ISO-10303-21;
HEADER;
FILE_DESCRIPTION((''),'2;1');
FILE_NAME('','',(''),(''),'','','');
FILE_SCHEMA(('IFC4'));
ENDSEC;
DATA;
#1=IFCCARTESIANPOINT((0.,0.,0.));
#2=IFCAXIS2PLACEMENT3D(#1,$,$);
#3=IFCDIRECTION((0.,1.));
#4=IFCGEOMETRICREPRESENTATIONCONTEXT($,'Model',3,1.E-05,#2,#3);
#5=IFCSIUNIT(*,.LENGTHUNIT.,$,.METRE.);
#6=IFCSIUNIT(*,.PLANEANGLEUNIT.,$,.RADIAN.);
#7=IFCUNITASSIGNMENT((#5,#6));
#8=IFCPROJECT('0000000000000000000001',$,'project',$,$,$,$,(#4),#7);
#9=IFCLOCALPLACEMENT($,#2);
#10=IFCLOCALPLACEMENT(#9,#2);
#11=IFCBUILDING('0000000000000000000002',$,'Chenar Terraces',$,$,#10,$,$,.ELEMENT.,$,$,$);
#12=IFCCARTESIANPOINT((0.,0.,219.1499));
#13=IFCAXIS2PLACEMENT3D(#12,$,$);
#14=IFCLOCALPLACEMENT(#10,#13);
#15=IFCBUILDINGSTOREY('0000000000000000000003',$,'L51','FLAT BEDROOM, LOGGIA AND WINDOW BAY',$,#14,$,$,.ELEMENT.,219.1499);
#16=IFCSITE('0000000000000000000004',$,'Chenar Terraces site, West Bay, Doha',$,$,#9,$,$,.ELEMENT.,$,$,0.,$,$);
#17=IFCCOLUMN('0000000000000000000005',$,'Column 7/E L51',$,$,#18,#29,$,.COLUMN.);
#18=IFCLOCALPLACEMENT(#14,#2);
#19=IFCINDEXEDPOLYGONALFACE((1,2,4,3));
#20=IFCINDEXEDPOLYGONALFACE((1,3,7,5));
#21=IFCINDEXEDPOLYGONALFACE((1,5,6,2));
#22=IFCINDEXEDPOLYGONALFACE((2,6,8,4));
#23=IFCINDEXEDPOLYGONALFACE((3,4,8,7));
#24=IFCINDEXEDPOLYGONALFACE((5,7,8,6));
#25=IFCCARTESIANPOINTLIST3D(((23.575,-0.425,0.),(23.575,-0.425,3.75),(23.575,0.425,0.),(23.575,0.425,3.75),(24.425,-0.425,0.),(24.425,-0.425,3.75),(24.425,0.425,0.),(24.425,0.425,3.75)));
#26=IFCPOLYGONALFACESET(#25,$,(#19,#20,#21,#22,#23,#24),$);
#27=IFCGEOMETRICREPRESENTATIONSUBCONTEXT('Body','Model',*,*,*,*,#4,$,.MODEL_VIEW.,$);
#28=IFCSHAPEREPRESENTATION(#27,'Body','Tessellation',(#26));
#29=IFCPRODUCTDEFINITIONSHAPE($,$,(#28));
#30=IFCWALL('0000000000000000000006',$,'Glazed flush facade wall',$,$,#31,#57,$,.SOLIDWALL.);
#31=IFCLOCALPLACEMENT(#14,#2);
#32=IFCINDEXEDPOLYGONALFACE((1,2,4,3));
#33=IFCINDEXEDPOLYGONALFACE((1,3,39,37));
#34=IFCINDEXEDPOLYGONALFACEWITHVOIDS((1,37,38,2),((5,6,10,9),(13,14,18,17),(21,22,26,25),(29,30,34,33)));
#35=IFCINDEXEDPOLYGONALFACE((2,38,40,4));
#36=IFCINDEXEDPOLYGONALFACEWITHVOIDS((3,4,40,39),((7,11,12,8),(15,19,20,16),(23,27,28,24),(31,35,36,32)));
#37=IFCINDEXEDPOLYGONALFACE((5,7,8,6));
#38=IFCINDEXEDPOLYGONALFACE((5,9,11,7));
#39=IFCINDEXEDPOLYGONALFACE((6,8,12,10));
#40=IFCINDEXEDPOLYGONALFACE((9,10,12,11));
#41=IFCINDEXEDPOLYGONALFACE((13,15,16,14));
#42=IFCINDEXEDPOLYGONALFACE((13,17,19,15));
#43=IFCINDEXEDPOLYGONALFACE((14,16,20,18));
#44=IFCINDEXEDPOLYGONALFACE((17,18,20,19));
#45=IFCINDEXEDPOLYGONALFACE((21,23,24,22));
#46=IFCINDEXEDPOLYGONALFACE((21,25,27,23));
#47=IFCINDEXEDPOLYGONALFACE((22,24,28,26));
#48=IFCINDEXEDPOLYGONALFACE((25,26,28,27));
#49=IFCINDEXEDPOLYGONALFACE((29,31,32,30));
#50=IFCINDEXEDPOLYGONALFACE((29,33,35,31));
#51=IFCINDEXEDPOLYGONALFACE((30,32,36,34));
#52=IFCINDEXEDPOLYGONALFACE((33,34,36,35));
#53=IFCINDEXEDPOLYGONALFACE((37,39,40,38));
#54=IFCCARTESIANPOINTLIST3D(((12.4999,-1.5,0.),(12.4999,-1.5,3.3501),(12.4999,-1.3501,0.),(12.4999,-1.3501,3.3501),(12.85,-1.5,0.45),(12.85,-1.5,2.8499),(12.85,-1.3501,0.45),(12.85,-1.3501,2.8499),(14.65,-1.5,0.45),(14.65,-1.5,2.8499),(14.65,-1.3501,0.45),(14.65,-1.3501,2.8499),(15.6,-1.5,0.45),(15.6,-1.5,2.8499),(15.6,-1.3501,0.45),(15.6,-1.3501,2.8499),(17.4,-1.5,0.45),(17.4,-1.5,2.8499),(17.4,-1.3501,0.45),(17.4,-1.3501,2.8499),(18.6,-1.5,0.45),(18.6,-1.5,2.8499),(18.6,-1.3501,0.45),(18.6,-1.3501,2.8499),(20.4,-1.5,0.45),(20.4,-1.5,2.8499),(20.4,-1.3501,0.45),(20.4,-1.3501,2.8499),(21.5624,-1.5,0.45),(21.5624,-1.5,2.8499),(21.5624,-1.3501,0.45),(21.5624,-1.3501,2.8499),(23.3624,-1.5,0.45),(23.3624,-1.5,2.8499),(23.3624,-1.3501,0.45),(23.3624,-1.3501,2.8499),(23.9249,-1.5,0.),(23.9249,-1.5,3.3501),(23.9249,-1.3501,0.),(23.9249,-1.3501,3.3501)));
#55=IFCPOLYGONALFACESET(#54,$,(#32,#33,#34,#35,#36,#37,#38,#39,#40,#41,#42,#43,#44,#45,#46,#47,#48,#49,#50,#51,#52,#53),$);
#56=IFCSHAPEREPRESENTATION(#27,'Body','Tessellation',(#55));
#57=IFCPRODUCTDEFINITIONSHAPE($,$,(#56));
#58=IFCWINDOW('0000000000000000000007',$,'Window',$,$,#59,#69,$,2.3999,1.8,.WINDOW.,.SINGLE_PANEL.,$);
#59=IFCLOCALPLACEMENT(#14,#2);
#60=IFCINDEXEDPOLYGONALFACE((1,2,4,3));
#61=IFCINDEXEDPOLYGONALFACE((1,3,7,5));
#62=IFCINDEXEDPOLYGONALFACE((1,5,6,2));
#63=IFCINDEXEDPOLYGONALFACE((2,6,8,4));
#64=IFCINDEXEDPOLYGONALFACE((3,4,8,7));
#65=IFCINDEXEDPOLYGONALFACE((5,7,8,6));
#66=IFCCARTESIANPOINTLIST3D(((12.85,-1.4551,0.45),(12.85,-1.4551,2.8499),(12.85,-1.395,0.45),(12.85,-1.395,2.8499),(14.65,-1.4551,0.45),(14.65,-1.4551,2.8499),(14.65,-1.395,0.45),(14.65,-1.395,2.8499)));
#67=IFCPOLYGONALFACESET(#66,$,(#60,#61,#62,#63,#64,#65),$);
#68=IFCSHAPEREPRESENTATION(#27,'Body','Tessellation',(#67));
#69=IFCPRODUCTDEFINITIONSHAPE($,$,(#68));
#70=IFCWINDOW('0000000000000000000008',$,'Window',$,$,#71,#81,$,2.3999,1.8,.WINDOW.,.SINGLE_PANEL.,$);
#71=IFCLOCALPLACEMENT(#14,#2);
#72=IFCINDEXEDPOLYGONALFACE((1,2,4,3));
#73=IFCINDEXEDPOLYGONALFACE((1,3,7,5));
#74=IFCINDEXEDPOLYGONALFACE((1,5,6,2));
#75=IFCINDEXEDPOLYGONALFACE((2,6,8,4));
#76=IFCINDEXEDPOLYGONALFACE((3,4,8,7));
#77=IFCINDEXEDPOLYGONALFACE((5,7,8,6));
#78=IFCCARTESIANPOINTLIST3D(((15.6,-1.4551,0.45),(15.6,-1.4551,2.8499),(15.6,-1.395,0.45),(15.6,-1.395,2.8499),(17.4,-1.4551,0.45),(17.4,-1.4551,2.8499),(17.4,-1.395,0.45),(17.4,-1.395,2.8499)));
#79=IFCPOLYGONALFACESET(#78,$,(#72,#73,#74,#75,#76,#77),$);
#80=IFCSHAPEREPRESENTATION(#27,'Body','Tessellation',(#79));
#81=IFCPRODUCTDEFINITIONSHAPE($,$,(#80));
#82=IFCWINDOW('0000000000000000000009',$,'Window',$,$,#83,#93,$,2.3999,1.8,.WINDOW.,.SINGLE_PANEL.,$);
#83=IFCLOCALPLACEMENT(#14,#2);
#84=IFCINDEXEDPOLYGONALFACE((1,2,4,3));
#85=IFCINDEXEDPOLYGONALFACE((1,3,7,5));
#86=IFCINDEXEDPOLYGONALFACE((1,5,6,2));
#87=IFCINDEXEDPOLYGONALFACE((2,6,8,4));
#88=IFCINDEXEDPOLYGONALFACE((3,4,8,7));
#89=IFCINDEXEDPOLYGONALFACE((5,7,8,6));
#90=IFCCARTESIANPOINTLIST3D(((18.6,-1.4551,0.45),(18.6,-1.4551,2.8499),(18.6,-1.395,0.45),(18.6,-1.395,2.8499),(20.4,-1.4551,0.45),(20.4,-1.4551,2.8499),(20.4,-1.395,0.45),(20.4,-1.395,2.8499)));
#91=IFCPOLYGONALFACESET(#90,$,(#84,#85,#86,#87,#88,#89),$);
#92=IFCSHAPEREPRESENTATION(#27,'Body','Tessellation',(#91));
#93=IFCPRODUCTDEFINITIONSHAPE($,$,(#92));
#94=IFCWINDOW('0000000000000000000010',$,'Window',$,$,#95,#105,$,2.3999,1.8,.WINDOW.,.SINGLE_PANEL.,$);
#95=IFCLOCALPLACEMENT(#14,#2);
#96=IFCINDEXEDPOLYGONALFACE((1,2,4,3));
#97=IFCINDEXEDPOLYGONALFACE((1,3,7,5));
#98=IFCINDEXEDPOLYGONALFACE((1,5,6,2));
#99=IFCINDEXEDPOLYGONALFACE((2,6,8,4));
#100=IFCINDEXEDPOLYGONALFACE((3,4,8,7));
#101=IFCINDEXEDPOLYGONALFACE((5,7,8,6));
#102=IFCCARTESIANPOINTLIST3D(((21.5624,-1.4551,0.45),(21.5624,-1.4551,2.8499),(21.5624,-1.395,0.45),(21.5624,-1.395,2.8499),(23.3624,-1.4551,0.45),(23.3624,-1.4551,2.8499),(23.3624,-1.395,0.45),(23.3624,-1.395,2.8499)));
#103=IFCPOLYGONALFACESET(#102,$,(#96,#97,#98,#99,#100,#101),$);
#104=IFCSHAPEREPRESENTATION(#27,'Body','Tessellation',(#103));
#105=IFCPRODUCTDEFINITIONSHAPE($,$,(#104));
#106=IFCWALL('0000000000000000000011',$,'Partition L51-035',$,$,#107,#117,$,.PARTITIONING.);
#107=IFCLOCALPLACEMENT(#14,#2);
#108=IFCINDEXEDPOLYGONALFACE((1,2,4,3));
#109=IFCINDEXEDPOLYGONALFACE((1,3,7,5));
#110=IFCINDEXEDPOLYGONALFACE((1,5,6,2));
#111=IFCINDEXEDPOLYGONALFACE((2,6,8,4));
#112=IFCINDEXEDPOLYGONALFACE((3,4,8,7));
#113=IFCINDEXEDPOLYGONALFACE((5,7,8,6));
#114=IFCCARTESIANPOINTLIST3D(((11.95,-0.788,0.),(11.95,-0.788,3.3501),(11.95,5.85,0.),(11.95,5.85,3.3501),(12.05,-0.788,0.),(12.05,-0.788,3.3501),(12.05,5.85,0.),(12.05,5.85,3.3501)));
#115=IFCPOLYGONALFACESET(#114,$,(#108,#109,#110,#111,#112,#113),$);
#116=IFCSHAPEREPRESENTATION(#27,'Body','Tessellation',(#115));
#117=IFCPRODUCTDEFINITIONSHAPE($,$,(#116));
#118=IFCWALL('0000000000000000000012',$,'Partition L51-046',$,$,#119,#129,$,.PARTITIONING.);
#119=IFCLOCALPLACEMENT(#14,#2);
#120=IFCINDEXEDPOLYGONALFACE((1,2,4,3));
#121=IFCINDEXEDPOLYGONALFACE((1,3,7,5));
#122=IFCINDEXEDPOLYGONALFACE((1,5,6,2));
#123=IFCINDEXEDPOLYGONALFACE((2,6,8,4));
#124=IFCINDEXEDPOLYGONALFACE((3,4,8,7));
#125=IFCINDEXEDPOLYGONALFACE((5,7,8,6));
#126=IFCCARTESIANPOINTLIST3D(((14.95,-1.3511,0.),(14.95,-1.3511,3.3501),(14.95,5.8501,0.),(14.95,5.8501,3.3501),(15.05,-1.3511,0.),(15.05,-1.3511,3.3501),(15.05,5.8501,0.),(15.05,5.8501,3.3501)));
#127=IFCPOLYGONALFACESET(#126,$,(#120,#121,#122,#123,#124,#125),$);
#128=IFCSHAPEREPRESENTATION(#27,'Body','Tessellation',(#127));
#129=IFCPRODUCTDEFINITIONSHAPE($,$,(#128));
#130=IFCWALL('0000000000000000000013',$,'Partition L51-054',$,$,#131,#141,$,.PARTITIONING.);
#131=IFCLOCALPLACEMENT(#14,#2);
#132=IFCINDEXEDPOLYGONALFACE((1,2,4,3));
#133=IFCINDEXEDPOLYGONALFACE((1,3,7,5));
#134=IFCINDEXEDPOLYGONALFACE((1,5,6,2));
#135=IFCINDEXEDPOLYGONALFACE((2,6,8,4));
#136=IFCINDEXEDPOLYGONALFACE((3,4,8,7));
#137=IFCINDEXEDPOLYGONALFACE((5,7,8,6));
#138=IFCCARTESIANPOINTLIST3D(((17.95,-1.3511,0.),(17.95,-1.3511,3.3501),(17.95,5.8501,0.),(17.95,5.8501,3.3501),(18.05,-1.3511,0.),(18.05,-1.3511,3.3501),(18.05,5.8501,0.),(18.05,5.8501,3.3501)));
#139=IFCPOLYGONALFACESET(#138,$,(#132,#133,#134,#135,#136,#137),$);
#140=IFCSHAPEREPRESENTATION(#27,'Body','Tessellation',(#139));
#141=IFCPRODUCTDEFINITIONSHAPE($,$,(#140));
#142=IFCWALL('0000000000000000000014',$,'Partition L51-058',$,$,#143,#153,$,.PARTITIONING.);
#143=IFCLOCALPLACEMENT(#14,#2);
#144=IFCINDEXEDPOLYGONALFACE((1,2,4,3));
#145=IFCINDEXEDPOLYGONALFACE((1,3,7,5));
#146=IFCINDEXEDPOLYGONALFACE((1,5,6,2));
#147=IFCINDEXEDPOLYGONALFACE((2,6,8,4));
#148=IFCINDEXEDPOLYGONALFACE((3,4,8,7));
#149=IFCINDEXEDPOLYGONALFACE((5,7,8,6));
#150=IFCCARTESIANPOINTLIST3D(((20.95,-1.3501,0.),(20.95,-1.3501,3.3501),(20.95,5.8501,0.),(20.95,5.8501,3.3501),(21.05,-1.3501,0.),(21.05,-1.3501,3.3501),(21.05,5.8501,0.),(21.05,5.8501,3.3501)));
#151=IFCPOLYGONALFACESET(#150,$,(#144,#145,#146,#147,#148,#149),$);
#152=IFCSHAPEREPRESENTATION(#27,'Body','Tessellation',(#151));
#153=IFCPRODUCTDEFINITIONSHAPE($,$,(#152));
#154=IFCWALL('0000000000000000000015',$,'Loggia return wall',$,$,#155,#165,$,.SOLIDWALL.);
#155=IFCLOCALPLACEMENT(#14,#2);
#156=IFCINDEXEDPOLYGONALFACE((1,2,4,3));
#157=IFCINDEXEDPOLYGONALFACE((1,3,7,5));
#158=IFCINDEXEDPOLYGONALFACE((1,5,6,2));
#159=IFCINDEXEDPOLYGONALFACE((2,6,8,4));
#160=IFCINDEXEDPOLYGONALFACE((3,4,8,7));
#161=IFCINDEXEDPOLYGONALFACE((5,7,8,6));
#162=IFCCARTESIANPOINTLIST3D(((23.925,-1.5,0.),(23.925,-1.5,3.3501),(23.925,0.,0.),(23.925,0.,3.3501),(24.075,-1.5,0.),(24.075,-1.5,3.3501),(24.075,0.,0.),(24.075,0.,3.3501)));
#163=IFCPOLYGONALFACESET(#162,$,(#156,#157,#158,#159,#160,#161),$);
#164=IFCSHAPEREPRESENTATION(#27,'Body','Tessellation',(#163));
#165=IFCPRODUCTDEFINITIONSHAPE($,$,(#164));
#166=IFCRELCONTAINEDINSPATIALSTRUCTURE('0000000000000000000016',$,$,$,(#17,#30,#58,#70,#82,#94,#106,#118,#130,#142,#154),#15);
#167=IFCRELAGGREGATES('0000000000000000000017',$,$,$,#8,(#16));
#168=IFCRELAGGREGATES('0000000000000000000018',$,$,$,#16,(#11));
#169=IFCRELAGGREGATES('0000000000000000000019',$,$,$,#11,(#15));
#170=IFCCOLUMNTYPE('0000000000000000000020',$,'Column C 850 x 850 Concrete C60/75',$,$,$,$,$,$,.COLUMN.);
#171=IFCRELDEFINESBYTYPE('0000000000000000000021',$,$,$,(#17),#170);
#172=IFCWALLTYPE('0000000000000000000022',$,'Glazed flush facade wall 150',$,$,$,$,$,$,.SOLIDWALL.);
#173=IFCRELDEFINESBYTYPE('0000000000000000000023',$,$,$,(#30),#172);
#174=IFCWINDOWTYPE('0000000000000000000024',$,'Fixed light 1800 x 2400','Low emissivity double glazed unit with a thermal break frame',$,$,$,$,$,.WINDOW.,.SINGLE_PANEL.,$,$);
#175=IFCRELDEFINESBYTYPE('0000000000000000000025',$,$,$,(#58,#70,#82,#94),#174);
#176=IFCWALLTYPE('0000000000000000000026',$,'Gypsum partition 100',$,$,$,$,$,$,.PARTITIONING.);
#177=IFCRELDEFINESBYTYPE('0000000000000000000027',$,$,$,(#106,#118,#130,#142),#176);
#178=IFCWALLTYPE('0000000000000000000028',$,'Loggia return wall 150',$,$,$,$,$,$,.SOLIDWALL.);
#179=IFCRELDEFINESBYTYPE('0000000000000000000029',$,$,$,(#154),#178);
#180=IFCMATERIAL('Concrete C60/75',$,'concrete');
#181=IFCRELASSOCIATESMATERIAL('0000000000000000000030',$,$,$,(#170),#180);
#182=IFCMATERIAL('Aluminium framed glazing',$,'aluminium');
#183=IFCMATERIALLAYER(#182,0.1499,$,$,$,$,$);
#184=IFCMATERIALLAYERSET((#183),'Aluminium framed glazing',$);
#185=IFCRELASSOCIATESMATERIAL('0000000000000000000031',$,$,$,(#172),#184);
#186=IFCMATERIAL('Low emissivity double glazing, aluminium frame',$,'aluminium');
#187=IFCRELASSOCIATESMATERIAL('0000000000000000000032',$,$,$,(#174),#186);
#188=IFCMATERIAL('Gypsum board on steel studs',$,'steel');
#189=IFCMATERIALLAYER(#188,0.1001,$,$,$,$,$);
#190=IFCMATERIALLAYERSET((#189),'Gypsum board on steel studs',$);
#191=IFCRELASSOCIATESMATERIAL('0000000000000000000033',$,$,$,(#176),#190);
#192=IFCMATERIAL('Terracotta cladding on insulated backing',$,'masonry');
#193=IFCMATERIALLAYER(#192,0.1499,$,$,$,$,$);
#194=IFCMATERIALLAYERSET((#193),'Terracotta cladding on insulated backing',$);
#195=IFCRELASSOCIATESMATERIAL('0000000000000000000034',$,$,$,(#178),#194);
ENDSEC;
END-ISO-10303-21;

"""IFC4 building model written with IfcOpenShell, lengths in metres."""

from ifc_helpers import new_model, si_unit, direction, frame, frame_2d, origin, origin_2d, place, context, subcontext, project, spatial, rectangle, extrude, material, layer, layer_set, material_profile, profile_set, type_object, element, fill, save


model = new_model("IFC4")

# Units and contexts
model_context = context("Model", 3, precision=1e-05, world=origin(), true_north=direction((0.0, 1.0)))
body_context = subcontext(model_context, "Body", "Model", "MODEL_VIEW")
ifc_project = project(units=[si_unit("LENGTHUNIT", "METRE"), si_unit("PLANEANGLEUNIT", "RADIAN")], contexts=[model_context])

# Site, building, storey
site_placement = place(None, origin())
site = spatial("IfcSite", under=ifc_project, at=site_placement, Name="Chenar Terraces site, West Bay, Doha", CompositionType="ELEMENT", RefElevation=0.0)
building_placement = place(site_placement, origin())
building = spatial("IfcBuilding", under=site, at=building_placement, Name="Chenar Terraces", CompositionType="ELEMENT")
storey_placement = place(building_placement, frame((0.0, 0.0, 219.1499)))
storey = spatial("IfcBuildingStorey", under=building, at=storey_placement, Name="L51", Description="FLAT BEDROOM, LOGGIA AND WINDOW BAY", CompositionType="ELEMENT", Elevation=219.1499)

# Column
ifc_material_1 = material(Name="Concrete C60/75", Category="concrete")
ifc_material_profile_1 = material_profile(ifc_material_1, rectangle(XDim=0.8501, YDim=0.8501, at=origin_2d()), Name="C 850 x 850")
ifc_profile_set_1 = profile_set([ifc_material_profile_1], Name="Concrete C60/75")
column_type = type_object("IfcColumnType", Name="Column C 850 x 850 Concrete C60/75", PredefinedType="COLUMN", material=ifc_profile_set_1)
column_placement = place(storey_placement, frame((24.0, 0.0, 0.0), z_axis=(0.0, 0.0, 1.0), x_axis=(1.0, 0.0, 0.0)))
element("IfcColumn", 1, at=column_placement, inside=storey, type_object=column_type, Name="Column 7/E L51", PredefinedType="COLUMN", context=body_context, shape_type="SweptSolid", body=[
    extrude(rectangle(XDim=0.8501, YDim=0.8501, at=origin_2d()), origin(), (0.0, 0.0, 1.0), 3.75),
])

# Wall, openings, windows
ifc_material_2 = material(Name="Aluminium framed glazing", Category="aluminium")
ifc_layer_1 = layer(ifc_material_2, 0.1499)
ifc_layer_set_1 = layer_set([ifc_layer_1], Name="Aluminium framed glazing")
wall_type_1 = type_object("IfcWallType", Name="Glazed flush facade wall 150", PredefinedType="SOLIDWALL", material=ifc_layer_set_1)
wall_1_placement = place(storey_placement, frame((12.5, -1.425, 0.0), z_axis=(0.0, 0.0, 1.0), x_axis=(1.0, 0.0, 0.0)))
wall_1 = element("IfcWall", 2, at=wall_1_placement, inside=storey, type_object=wall_type_1, Name="Glazed flush facade wall", PredefinedType="SOLIDWALL", context=body_context, shape_type="SweptSolid", body=[
    extrude(rectangle(XDim=11.425, YDim=0.1499, at=frame_2d((5.7124, 0.0))), origin(), (0.0, 0.0, 1.0), 3.3501),
])
opening_1_placement = place(wall_1_placement, frame((0.3501, 0.0, 0.45)))
opening_1 = element("IfcOpeningElement", 3, at=opening_1_placement, cuts=wall_1, PredefinedType="OPENING", context=body_context, shape_type="SweptSolid", body=[
    extrude(rectangle(XDim=1.8, YDim=2.3999, at=frame_2d((0.8999, 1.2))), frame((0.0, 0.085, 0.0), z_axis=(0.0, -1.0, 0.0), x_axis=(1.0, 0.0, 0.0)), (0.0, 0.0, 1.0), 0.1699),
])
opening_2_placement = place(wall_1_placement, frame((3.1001, 0.0, 0.45)))
opening_2 = element("IfcOpeningElement", 4, at=opening_2_placement, cuts=wall_1, PredefinedType="OPENING", context=body_context, shape_type="SweptSolid", body=[
    extrude(rectangle(XDim=1.8, YDim=2.3999, at=frame_2d((0.8999, 1.2))), frame((0.0, 0.085, 0.0), z_axis=(0.0, -1.0, 0.0), x_axis=(1.0, 0.0, 0.0)), (0.0, 0.0, 1.0), 0.1699),
])
opening_3_placement = place(wall_1_placement, frame((6.1001, 0.0, 0.45)))
opening_3 = element("IfcOpeningElement", 5, at=opening_3_placement, cuts=wall_1, PredefinedType="OPENING", context=body_context, shape_type="SweptSolid", body=[
    extrude(rectangle(XDim=1.8, YDim=2.3999, at=frame_2d((0.8999, 1.2))), frame((0.0, 0.085, 0.0), z_axis=(0.0, -1.0, 0.0), x_axis=(1.0, 0.0, 0.0)), (0.0, 0.0, 1.0), 0.1699),
])
opening_4_placement = place(wall_1_placement, frame((9.0625, 0.0, 0.45)))
opening_4 = element("IfcOpeningElement", 6, at=opening_4_placement, cuts=wall_1, PredefinedType="OPENING", context=body_context, shape_type="SweptSolid", body=[
    extrude(rectangle(XDim=1.8, YDim=2.3999, at=frame_2d((0.8999, 1.2))), frame((0.0, 0.085, 0.0), z_axis=(0.0, -1.0, 0.0), x_axis=(1.0, 0.0, 0.0)), (0.0, 0.0, 1.0), 0.1699),
])
ifc_material_3 = material(Name="Low emissivity double glazing, aluminium frame", Category="aluminium")
window_type = type_object("IfcWindowType", Name="Fixed light 1800 x 2400", Description="Low emissivity double glazed unit with a thermal break frame", PartitioningType="SINGLE_PANEL", PredefinedType="WINDOW", material=ifc_material_3)
window_1_placement = place(opening_1_placement, origin())
window_1 = element("IfcWindow", 7, at=window_1_placement, inside=storey, type_object=window_type, Name="Window", OverallHeight=2.3999, OverallWidth=1.8, PartitioningType="SINGLE_PANEL", PredefinedType="WINDOW", context=body_context, shape_type="SweptSolid", body=[
    extrude(rectangle(XDim=1.8, YDim=2.3999, at=frame_2d((0.8999, 1.2))), frame((0.0, 0.03, 0.0), z_axis=(0.0, -1.0, 0.0), x_axis=(1.0, 0.0, 0.0)), (0.0, 0.0, 1.0), 0.0601),
])
fill(opening_1, window_1)
window_2_placement = place(opening_2_placement, origin())
window_2 = element("IfcWindow", 8, at=window_2_placement, inside=storey, type_object=window_type, Name="Window", OverallHeight=2.3999, OverallWidth=1.8, PartitioningType="SINGLE_PANEL", PredefinedType="WINDOW", context=body_context, shape_type="SweptSolid", body=[
    extrude(rectangle(XDim=1.8, YDim=2.3999, at=frame_2d((0.8999, 1.2))), frame((0.0, 0.03, 0.0), z_axis=(0.0, -1.0, 0.0), x_axis=(1.0, 0.0, 0.0)), (0.0, 0.0, 1.0), 0.0601),
])
fill(opening_2, window_2)
window_3_placement = place(opening_3_placement, origin())
window_3 = element("IfcWindow", 9, at=window_3_placement, inside=storey, type_object=window_type, Name="Window", OverallHeight=2.3999, OverallWidth=1.8, PartitioningType="SINGLE_PANEL", PredefinedType="WINDOW", context=body_context, shape_type="SweptSolid", body=[
    extrude(rectangle(XDim=1.8, YDim=2.3999, at=frame_2d((0.8999, 1.2))), frame((0.0, 0.03, 0.0), z_axis=(0.0, -1.0, 0.0), x_axis=(1.0, 0.0, 0.0)), (0.0, 0.0, 1.0), 0.0601),
])
fill(opening_3, window_3)
window_4_placement = place(opening_4_placement, origin())
window_4 = element("IfcWindow", 10, at=window_4_placement, inside=storey, type_object=window_type, Name="Window", OverallHeight=2.3999, OverallWidth=1.8, PartitioningType="SINGLE_PANEL", PredefinedType="WINDOW", context=body_context, shape_type="SweptSolid", body=[
    extrude(rectangle(XDim=1.8, YDim=2.3999, at=frame_2d((0.8999, 1.2))), frame((0.0, 0.03, 0.0), z_axis=(0.0, -1.0, 0.0), x_axis=(1.0, 0.0, 0.0)), (0.0, 0.0, 1.0), 0.0601),
])
fill(opening_4, window_4)

# Walls
ifc_material_4 = material(Name="Gypsum board on steel studs", Category="steel")
ifc_layer_2 = layer(ifc_material_4, 0.1001)
ifc_layer_set_2 = layer_set([ifc_layer_2], Name="Gypsum board on steel studs")
wall_type_2 = type_object("IfcWallType", Name="Gypsum partition 100", PredefinedType="PARTITIONING", material=ifc_layer_set_2)
wall_2_placement = place(storey_placement, frame((12.0, -0.7878, 0.0), z_axis=(0.0, 0.0, 1.0), x_axis=(0.0, 1.0, 0.0)))
element("IfcWall", 11, at=wall_2_placement, inside=storey, type_object=wall_type_2, Name="Partition L51-035", PredefinedType="PARTITIONING", context=body_context, shape_type="SweptSolid", body=[
    extrude(rectangle(XDim=6.6379, YDim=0.1001, at=frame_2d((3.3188, 0.0))), origin(), (0.0, 0.0, 1.0), 3.3501),
])
for number, where, z_axis, x_axis, name in (
    (12, (15.0, -1.3511, 0.0), (0.0, 0.0, 1.0), (0.0, 1.0, 0.0), "Partition L51-046"),
    (13, (18.0, -1.3511, 0.0), (0.0, 0.0, 1.0), (0.0, 1.0, 0.0), "Partition L51-054"),
):
    element("IfcWall", number, at=place(storey_placement, frame(where, z_axis=z_axis, x_axis=x_axis)), inside=storey, type_object=wall_type_2, Name=name, PredefinedType="PARTITIONING", context=body_context, shape_type="SweptSolid", body=[
        extrude(rectangle(XDim=7.2012, YDim=0.1001, at=frame_2d((3.6006, 0.0))), origin(), (0.0, 0.0, 1.0), 3.3501),
    ])
wall_3_placement = place(storey_placement, frame((21.0, -1.3501, 0.0), z_axis=(0.0, 0.0, 1.0), x_axis=(0.0, 1.0, 0.0)))
element("IfcWall", 14, at=wall_3_placement, inside=storey, type_object=wall_type_2, Name="Partition L51-058", PredefinedType="PARTITIONING", context=body_context, shape_type="SweptSolid", body=[
    extrude(rectangle(XDim=7.2002, YDim=0.1001, at=frame_2d((3.6001, 0.0))), origin(), (0.0, 0.0, 1.0), 3.3501),
])
ifc_material_5 = material(Name="Terracotta cladding on insulated backing", Category="masonry")
ifc_layer_3 = layer(ifc_material_5, 0.1499)
ifc_layer_set_3 = layer_set([ifc_layer_3], Name="Terracotta cladding on insulated backing")
wall_type_3 = type_object("IfcWallType", Name="Loggia return wall 150", PredefinedType="SOLIDWALL", material=ifc_layer_set_3)
wall_4_placement = place(storey_placement, frame((24.0, -1.5, 0.0), z_axis=(0.0, 0.0, 1.0), x_axis=(0.0, 1.0, 0.0)))
element("IfcWall", 15, at=wall_4_placement, inside=storey, type_object=wall_type_3, Name="Loggia return wall", PredefinedType="SOLIDWALL", context=body_context, shape_type="SweptSolid", body=[
    extrude(rectangle(XDim=1.5, YDim=0.1499, at=frame_2d((0.75, 0.0))), origin(), (0.0, 0.0, 1.0), 3.3501),
])

save(model, "model.ifc")
